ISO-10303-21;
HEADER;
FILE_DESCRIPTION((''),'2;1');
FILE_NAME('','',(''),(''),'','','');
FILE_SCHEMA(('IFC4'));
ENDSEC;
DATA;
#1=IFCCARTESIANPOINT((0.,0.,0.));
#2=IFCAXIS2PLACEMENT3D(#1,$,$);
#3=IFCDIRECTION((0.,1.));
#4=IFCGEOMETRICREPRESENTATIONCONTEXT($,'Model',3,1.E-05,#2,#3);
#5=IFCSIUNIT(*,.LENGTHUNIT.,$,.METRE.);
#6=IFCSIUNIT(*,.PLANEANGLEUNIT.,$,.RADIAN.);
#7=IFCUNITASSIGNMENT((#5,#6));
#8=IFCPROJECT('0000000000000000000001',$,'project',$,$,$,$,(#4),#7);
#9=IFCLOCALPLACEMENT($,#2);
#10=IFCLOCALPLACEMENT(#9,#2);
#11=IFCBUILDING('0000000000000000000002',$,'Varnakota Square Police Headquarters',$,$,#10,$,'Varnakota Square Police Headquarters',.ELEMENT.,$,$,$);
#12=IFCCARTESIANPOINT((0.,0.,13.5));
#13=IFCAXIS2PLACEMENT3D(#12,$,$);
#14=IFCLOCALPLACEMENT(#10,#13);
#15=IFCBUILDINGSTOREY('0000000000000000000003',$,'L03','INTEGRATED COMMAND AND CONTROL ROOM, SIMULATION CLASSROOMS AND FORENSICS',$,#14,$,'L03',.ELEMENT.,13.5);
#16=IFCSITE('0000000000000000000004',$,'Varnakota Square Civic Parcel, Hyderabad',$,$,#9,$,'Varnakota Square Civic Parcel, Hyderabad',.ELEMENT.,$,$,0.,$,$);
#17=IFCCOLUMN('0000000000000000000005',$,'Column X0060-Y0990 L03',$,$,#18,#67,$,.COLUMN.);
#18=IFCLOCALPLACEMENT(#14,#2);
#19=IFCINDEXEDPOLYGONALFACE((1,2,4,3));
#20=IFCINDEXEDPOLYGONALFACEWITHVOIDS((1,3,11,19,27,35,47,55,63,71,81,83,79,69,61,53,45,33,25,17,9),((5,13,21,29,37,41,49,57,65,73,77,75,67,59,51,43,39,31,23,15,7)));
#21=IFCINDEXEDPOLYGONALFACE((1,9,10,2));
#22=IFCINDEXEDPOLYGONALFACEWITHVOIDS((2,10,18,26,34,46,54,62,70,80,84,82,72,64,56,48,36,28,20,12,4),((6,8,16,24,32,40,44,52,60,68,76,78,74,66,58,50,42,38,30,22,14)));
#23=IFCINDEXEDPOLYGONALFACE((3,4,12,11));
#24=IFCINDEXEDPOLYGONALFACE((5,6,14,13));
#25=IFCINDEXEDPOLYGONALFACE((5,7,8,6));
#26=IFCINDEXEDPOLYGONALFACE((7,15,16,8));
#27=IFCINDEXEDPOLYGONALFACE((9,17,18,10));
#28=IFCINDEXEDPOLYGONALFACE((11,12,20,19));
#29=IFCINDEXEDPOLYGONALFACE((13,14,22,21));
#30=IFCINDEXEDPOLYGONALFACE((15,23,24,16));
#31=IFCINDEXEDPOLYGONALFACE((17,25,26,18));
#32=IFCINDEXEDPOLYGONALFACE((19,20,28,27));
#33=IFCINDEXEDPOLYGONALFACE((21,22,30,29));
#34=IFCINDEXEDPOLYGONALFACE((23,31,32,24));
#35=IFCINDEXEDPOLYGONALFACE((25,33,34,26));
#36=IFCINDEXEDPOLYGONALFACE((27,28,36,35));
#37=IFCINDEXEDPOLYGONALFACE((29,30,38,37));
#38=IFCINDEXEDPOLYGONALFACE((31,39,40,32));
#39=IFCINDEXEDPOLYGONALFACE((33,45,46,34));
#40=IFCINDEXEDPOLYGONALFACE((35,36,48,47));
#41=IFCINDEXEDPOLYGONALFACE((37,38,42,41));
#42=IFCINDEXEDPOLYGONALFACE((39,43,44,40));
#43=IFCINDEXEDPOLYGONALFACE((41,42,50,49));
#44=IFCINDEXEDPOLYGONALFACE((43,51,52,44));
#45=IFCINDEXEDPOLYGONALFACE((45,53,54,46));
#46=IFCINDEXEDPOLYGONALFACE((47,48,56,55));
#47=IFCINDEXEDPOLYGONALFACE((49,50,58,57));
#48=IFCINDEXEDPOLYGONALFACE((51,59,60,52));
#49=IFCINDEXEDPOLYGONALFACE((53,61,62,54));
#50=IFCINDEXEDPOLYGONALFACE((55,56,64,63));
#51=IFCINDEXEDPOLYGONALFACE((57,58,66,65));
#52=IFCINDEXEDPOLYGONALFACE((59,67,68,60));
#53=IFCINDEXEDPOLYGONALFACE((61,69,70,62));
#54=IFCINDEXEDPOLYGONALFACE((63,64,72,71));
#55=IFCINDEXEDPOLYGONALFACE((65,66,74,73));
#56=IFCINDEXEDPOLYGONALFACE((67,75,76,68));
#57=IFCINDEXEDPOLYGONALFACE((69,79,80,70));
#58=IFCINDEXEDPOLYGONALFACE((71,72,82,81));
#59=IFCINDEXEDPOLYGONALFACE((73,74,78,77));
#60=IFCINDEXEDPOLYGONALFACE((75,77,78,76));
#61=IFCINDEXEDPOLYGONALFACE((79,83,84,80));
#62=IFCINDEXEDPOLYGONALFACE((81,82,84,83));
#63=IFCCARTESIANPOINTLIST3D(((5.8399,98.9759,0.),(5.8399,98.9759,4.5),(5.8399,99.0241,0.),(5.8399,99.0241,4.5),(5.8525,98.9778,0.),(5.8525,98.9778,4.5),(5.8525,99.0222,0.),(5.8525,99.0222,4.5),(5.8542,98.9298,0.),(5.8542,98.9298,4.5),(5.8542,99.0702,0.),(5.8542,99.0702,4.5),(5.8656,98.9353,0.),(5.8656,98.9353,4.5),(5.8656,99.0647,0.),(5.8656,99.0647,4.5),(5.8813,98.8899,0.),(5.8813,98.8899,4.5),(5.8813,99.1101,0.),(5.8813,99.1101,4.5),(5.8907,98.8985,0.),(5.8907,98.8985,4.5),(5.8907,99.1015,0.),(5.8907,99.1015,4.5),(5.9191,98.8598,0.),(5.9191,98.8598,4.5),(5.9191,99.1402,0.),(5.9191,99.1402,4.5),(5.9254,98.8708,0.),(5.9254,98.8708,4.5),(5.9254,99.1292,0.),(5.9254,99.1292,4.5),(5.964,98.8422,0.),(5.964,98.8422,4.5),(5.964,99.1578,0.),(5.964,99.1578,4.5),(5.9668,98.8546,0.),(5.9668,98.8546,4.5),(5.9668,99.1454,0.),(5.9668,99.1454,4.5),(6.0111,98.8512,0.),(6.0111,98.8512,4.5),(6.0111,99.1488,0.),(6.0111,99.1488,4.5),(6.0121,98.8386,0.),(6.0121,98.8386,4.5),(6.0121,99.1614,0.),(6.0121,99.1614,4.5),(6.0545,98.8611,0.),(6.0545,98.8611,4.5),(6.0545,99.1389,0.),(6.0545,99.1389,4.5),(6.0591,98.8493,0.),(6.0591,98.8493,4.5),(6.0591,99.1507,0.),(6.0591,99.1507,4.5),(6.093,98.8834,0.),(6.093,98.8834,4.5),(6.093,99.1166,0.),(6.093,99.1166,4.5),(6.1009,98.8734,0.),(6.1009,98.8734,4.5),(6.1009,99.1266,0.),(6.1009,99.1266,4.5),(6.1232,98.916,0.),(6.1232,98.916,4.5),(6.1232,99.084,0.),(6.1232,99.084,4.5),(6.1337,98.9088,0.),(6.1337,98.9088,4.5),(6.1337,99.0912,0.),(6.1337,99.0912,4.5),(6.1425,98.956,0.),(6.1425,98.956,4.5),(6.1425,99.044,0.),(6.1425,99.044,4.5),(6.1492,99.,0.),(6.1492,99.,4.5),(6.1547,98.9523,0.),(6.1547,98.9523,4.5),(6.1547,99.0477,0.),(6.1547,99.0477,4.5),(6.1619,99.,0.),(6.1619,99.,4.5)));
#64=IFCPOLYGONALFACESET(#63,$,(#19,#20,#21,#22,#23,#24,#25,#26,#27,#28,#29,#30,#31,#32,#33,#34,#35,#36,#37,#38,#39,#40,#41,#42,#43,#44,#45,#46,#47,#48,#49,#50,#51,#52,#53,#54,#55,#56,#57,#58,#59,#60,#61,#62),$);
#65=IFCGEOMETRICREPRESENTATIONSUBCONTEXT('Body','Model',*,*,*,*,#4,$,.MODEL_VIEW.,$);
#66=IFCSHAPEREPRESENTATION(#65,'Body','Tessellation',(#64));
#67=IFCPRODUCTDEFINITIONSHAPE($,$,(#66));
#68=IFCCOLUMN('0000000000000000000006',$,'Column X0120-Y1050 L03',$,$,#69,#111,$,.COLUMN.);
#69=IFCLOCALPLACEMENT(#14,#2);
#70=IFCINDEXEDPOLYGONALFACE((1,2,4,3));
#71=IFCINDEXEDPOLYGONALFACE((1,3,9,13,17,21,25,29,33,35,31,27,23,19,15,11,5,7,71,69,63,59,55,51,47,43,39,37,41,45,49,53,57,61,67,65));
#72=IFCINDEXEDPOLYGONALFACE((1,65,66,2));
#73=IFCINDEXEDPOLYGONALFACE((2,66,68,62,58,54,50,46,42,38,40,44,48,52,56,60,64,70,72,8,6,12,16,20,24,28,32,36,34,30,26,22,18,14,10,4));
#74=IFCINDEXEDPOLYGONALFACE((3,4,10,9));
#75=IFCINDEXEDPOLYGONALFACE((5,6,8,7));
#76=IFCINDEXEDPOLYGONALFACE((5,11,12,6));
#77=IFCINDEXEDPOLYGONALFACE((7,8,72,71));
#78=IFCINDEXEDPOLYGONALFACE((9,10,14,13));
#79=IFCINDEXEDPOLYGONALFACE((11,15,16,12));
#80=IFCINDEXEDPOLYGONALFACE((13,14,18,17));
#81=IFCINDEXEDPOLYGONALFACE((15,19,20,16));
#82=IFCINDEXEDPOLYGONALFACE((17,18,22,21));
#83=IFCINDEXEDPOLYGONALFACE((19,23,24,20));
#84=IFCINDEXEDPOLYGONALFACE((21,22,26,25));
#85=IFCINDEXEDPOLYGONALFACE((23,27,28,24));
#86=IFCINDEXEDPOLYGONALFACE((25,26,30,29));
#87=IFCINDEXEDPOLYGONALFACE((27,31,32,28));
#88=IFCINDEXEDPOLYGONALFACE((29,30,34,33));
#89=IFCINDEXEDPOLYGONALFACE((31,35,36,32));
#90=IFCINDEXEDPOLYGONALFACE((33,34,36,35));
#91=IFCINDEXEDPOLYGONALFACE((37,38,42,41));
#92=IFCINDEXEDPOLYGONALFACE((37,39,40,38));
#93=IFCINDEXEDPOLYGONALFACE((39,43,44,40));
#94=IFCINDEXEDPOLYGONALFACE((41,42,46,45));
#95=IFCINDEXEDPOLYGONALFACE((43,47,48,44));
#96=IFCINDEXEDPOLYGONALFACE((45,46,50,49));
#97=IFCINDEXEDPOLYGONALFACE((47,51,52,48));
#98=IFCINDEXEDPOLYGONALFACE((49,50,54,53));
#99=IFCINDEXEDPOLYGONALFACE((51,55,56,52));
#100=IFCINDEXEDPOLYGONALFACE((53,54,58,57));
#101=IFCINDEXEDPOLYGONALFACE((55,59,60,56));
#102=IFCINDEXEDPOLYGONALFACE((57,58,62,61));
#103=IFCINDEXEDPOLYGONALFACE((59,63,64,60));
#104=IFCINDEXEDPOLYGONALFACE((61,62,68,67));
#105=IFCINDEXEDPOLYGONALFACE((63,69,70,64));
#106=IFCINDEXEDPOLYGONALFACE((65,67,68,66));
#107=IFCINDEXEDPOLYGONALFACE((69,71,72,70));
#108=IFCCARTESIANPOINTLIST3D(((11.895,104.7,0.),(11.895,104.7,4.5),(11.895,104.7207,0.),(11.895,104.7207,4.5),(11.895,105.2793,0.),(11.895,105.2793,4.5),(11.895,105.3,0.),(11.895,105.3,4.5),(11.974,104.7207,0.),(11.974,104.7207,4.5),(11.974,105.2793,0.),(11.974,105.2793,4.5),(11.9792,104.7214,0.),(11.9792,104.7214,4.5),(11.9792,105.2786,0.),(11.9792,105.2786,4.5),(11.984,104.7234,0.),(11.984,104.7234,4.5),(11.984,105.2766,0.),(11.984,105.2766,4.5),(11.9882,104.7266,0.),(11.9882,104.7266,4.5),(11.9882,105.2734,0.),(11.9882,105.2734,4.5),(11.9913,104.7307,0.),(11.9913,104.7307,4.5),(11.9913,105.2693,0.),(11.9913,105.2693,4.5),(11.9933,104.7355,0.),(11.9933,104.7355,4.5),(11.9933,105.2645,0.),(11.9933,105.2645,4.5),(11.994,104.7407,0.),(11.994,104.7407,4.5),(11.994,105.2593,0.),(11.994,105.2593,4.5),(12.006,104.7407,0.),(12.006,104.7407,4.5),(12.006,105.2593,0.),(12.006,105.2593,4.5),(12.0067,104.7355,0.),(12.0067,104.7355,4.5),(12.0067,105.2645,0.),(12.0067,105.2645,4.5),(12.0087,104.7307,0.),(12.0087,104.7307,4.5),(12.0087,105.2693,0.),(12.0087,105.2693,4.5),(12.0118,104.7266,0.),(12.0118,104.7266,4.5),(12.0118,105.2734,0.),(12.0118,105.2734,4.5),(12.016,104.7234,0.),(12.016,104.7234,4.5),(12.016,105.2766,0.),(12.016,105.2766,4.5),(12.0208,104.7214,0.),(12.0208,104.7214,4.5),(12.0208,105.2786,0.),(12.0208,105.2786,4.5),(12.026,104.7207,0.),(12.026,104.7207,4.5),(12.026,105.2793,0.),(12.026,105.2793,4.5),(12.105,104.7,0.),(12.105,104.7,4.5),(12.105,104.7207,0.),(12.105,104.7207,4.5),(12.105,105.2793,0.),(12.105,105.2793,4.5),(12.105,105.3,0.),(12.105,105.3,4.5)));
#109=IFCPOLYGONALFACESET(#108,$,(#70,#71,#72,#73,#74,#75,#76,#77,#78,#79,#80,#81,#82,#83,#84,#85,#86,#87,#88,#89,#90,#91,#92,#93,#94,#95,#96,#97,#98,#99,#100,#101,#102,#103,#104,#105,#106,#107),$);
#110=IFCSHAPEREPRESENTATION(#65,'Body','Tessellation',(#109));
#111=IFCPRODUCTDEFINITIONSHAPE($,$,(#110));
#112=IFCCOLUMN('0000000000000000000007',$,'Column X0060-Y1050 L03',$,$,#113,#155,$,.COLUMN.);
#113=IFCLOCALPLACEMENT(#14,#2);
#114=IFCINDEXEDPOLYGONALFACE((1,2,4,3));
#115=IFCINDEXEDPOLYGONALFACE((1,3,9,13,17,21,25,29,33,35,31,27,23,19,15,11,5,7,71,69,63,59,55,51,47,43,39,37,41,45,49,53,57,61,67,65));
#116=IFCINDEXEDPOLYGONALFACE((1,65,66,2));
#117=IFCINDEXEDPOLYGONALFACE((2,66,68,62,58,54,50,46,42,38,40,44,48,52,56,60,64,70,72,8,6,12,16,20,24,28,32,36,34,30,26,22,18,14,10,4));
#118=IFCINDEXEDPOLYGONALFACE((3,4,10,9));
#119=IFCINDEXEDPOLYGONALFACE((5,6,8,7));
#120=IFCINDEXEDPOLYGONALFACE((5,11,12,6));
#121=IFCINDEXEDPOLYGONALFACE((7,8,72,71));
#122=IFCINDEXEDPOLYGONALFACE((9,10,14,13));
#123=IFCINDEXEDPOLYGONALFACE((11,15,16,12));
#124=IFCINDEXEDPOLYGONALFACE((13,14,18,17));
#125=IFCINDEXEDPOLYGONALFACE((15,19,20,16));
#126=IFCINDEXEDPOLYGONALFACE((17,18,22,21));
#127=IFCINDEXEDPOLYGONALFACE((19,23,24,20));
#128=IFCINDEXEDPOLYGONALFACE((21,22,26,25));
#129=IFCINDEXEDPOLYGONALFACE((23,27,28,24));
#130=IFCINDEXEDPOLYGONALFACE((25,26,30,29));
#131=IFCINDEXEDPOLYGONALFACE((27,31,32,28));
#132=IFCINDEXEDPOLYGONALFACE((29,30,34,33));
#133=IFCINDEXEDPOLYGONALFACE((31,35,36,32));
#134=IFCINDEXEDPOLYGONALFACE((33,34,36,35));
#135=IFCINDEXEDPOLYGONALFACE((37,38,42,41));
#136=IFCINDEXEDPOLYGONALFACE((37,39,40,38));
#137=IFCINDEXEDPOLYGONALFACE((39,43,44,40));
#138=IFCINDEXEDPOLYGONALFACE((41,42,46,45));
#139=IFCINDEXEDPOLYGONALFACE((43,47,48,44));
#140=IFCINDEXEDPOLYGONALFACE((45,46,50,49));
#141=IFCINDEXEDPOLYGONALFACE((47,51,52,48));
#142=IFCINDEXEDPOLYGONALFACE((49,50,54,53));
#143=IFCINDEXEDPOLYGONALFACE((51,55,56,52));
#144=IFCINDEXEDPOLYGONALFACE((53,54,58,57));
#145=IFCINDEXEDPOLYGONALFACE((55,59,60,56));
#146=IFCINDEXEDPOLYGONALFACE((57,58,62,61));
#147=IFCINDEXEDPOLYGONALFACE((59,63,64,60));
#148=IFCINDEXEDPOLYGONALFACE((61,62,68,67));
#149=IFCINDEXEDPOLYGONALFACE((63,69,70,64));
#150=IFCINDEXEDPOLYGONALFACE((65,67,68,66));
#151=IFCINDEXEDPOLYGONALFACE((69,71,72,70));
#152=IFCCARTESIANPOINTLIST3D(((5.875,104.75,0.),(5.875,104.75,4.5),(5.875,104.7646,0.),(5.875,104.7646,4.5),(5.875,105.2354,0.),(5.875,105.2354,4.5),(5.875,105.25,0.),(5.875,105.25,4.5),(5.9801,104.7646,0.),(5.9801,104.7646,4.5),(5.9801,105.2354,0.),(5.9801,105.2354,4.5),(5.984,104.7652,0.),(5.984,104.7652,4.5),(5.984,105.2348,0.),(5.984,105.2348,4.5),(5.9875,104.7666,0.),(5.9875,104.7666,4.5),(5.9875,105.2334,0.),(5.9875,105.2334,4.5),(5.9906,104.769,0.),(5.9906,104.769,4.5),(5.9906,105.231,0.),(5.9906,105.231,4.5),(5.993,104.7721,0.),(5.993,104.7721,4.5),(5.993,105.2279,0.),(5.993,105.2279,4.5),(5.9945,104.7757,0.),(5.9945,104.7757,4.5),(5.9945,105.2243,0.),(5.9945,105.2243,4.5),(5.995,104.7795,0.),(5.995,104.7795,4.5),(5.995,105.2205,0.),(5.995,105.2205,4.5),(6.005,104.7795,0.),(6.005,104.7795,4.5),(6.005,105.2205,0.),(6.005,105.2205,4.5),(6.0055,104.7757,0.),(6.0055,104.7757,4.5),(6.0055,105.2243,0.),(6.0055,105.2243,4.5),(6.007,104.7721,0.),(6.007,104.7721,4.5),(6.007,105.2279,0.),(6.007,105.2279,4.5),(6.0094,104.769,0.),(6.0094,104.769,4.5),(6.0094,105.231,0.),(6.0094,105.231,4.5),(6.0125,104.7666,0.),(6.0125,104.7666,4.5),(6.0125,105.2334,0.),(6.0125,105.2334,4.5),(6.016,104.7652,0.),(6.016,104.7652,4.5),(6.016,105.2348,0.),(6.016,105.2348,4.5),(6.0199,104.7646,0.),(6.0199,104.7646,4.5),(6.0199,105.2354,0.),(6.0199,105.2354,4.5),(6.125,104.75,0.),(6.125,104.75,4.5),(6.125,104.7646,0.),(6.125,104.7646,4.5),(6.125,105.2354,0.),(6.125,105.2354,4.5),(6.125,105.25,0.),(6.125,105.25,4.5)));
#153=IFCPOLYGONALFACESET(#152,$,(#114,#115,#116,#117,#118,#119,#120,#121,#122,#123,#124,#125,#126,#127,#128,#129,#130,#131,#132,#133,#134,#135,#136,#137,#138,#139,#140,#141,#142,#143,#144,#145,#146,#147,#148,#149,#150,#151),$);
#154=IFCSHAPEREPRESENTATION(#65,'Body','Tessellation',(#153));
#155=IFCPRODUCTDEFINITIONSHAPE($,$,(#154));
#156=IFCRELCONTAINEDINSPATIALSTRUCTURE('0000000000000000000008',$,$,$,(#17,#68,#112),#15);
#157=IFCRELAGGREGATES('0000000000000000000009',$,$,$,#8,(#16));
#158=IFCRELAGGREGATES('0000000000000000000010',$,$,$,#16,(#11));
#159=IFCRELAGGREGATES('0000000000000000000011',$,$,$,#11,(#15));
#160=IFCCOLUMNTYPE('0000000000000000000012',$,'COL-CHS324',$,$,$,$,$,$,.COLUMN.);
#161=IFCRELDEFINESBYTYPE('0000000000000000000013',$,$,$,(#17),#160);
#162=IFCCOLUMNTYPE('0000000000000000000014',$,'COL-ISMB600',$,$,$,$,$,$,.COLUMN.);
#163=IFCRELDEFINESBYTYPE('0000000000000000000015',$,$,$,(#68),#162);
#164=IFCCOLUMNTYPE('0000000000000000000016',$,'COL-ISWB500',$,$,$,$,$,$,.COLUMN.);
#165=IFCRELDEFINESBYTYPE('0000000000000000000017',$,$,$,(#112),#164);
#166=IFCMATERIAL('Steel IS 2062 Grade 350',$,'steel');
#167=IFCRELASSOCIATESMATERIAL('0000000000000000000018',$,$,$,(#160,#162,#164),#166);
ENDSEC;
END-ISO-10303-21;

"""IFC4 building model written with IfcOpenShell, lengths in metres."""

from ifc_helpers import new_model, si_unit, direction, frame, origin, origin_2d, place, context, subcontext, project, spatial, hollow_circle, i_section, extrude, material, material_profile, profile_set, type_object, element, save


model = new_model("IFC4")

# Units and contexts
model_context = context("Model", 3, precision=1e-05, world=origin(), true_north=direction((0.0, 1.0)))
body_context = subcontext(model_context, "Body", "Model", "MODEL_VIEW")
ifc_project = project(units=[si_unit("LENGTHUNIT", "METRE"), si_unit("PLANEANGLEUNIT", "RADIAN")], contexts=[model_context])

# Site, building, storey
site_placement = place(None, origin())
site = spatial("IfcSite", under=ifc_project, at=site_placement, Name="Varnakota Square Civic Parcel, Hyderabad", LongName="Varnakota Square Civic Parcel, Hyderabad", CompositionType="ELEMENT", RefElevation=0.0)
building_placement = place(site_placement, origin())
building = spatial("IfcBuilding", under=site, at=building_placement, Name="Varnakota Square Police Headquarters", LongName="Varnakota Square Police Headquarters", CompositionType="ELEMENT")
storey_placement = place(building_placement, frame((0.0, 0.0, 13.5)))
storey = spatial("IfcBuildingStorey", under=building, at=storey_placement, Name="L03", Description="INTEGRATED COMMAND AND CONTROL ROOM, SIMULATION CLASSROOMS AND FORENSICS", LongName="L03", CompositionType="ELEMENT", Elevation=13.5)

# Columns
ifc_material_1 = material(Name="Steel IS 2062 Grade 350", Category="steel")
ifc_material_profile_1 = material_profile(ifc_material_1, hollow_circle(Radius=0.1619, WallThickness=0.0127, at=origin_2d()), Name="CHS 323.9x12.7")
ifc_profile_set_1 = profile_set([ifc_material_profile_1], Name="Steel IS 2062 Grade 350")
column_type_1 = type_object("IfcColumnType", Name="COL-CHS324", PredefinedType="COLUMN", material=ifc_profile_set_1)
column_1_placement = place(storey_placement, frame((6.0, 99.0, 0.0), z_axis=(0.0, 0.0, 1.0), x_axis=(1.0, 0.0, 0.0)))
element("IfcColumn", 1, at=column_1_placement, inside=storey, type_object=column_type_1, Name="Column X0060-Y0990 L03", PredefinedType="COLUMN", context=body_context, shape_type="SweptSolid", body=[
    extrude(hollow_circle(Radius=0.1619, WallThickness=0.0127, at=origin_2d()), origin(), (0.0, 0.0, 1.0), 4.5),
])
ifc_material_profile_2 = material_profile(ifc_material_1, i_section(OverallWidth=0.21, OverallDepth=0.6001, WebThickness=0.012, FlangeThickness=0.0208, FilletRadius=0.02, at=origin_2d()), Name="ISMB 600")
ifc_profile_set_2 = profile_set([ifc_material_profile_2], Name="Steel IS 2062 Grade 350")
column_type_2 = type_object("IfcColumnType", Name="COL-ISMB600", PredefinedType="COLUMN", material=ifc_profile_set_2)
column_2_placement = place(storey_placement, frame((12.0, 105.0, 0.0), z_axis=(0.0, 0.0, 1.0), x_axis=(1.0, 0.0, 0.0)))
element("IfcColumn", 2, at=column_2_placement, inside=storey, type_object=column_type_2, Name="Column X0120-Y1050 L03", PredefinedType="COLUMN", context=body_context, shape_type="SweptSolid", body=[
    extrude(i_section(OverallWidth=0.21, OverallDepth=0.6001, WebThickness=0.012, FlangeThickness=0.0208, FilletRadius=0.02, at=origin_2d()), origin(), (0.0, 0.0, 1.0), 4.5),
])
ifc_material_profile_3 = material_profile(ifc_material_1, i_section(OverallWidth=0.25, OverallDepth=0.5, WebThickness=0.01, FlangeThickness=0.0146, FilletRadius=0.0149, at=origin_2d()), Name="ISWB 500")
ifc_profile_set_3 = profile_set([ifc_material_profile_3], Name="Steel IS 2062 Grade 350")
column_type_3 = type_object("IfcColumnType", Name="COL-ISWB500", PredefinedType="COLUMN", material=ifc_profile_set_3)
column_3_placement = place(storey_placement, frame((6.0, 105.0, 0.0), z_axis=(0.0, 0.0, 1.0), x_axis=(1.0, 0.0, 0.0)))
element("IfcColumn", 3, at=column_3_placement, inside=storey, type_object=column_type_3, Name="Column X0060-Y1050 L03", PredefinedType="COLUMN", context=body_context, shape_type="SweptSolid", body=[
    extrude(i_section(OverallWidth=0.25, OverallDepth=0.5, WebThickness=0.01, FlangeThickness=0.0146, FilletRadius=0.0149, at=origin_2d()), origin(), (0.0, 0.0, 1.0), 4.5),
])

save(model, "model.ifc")
